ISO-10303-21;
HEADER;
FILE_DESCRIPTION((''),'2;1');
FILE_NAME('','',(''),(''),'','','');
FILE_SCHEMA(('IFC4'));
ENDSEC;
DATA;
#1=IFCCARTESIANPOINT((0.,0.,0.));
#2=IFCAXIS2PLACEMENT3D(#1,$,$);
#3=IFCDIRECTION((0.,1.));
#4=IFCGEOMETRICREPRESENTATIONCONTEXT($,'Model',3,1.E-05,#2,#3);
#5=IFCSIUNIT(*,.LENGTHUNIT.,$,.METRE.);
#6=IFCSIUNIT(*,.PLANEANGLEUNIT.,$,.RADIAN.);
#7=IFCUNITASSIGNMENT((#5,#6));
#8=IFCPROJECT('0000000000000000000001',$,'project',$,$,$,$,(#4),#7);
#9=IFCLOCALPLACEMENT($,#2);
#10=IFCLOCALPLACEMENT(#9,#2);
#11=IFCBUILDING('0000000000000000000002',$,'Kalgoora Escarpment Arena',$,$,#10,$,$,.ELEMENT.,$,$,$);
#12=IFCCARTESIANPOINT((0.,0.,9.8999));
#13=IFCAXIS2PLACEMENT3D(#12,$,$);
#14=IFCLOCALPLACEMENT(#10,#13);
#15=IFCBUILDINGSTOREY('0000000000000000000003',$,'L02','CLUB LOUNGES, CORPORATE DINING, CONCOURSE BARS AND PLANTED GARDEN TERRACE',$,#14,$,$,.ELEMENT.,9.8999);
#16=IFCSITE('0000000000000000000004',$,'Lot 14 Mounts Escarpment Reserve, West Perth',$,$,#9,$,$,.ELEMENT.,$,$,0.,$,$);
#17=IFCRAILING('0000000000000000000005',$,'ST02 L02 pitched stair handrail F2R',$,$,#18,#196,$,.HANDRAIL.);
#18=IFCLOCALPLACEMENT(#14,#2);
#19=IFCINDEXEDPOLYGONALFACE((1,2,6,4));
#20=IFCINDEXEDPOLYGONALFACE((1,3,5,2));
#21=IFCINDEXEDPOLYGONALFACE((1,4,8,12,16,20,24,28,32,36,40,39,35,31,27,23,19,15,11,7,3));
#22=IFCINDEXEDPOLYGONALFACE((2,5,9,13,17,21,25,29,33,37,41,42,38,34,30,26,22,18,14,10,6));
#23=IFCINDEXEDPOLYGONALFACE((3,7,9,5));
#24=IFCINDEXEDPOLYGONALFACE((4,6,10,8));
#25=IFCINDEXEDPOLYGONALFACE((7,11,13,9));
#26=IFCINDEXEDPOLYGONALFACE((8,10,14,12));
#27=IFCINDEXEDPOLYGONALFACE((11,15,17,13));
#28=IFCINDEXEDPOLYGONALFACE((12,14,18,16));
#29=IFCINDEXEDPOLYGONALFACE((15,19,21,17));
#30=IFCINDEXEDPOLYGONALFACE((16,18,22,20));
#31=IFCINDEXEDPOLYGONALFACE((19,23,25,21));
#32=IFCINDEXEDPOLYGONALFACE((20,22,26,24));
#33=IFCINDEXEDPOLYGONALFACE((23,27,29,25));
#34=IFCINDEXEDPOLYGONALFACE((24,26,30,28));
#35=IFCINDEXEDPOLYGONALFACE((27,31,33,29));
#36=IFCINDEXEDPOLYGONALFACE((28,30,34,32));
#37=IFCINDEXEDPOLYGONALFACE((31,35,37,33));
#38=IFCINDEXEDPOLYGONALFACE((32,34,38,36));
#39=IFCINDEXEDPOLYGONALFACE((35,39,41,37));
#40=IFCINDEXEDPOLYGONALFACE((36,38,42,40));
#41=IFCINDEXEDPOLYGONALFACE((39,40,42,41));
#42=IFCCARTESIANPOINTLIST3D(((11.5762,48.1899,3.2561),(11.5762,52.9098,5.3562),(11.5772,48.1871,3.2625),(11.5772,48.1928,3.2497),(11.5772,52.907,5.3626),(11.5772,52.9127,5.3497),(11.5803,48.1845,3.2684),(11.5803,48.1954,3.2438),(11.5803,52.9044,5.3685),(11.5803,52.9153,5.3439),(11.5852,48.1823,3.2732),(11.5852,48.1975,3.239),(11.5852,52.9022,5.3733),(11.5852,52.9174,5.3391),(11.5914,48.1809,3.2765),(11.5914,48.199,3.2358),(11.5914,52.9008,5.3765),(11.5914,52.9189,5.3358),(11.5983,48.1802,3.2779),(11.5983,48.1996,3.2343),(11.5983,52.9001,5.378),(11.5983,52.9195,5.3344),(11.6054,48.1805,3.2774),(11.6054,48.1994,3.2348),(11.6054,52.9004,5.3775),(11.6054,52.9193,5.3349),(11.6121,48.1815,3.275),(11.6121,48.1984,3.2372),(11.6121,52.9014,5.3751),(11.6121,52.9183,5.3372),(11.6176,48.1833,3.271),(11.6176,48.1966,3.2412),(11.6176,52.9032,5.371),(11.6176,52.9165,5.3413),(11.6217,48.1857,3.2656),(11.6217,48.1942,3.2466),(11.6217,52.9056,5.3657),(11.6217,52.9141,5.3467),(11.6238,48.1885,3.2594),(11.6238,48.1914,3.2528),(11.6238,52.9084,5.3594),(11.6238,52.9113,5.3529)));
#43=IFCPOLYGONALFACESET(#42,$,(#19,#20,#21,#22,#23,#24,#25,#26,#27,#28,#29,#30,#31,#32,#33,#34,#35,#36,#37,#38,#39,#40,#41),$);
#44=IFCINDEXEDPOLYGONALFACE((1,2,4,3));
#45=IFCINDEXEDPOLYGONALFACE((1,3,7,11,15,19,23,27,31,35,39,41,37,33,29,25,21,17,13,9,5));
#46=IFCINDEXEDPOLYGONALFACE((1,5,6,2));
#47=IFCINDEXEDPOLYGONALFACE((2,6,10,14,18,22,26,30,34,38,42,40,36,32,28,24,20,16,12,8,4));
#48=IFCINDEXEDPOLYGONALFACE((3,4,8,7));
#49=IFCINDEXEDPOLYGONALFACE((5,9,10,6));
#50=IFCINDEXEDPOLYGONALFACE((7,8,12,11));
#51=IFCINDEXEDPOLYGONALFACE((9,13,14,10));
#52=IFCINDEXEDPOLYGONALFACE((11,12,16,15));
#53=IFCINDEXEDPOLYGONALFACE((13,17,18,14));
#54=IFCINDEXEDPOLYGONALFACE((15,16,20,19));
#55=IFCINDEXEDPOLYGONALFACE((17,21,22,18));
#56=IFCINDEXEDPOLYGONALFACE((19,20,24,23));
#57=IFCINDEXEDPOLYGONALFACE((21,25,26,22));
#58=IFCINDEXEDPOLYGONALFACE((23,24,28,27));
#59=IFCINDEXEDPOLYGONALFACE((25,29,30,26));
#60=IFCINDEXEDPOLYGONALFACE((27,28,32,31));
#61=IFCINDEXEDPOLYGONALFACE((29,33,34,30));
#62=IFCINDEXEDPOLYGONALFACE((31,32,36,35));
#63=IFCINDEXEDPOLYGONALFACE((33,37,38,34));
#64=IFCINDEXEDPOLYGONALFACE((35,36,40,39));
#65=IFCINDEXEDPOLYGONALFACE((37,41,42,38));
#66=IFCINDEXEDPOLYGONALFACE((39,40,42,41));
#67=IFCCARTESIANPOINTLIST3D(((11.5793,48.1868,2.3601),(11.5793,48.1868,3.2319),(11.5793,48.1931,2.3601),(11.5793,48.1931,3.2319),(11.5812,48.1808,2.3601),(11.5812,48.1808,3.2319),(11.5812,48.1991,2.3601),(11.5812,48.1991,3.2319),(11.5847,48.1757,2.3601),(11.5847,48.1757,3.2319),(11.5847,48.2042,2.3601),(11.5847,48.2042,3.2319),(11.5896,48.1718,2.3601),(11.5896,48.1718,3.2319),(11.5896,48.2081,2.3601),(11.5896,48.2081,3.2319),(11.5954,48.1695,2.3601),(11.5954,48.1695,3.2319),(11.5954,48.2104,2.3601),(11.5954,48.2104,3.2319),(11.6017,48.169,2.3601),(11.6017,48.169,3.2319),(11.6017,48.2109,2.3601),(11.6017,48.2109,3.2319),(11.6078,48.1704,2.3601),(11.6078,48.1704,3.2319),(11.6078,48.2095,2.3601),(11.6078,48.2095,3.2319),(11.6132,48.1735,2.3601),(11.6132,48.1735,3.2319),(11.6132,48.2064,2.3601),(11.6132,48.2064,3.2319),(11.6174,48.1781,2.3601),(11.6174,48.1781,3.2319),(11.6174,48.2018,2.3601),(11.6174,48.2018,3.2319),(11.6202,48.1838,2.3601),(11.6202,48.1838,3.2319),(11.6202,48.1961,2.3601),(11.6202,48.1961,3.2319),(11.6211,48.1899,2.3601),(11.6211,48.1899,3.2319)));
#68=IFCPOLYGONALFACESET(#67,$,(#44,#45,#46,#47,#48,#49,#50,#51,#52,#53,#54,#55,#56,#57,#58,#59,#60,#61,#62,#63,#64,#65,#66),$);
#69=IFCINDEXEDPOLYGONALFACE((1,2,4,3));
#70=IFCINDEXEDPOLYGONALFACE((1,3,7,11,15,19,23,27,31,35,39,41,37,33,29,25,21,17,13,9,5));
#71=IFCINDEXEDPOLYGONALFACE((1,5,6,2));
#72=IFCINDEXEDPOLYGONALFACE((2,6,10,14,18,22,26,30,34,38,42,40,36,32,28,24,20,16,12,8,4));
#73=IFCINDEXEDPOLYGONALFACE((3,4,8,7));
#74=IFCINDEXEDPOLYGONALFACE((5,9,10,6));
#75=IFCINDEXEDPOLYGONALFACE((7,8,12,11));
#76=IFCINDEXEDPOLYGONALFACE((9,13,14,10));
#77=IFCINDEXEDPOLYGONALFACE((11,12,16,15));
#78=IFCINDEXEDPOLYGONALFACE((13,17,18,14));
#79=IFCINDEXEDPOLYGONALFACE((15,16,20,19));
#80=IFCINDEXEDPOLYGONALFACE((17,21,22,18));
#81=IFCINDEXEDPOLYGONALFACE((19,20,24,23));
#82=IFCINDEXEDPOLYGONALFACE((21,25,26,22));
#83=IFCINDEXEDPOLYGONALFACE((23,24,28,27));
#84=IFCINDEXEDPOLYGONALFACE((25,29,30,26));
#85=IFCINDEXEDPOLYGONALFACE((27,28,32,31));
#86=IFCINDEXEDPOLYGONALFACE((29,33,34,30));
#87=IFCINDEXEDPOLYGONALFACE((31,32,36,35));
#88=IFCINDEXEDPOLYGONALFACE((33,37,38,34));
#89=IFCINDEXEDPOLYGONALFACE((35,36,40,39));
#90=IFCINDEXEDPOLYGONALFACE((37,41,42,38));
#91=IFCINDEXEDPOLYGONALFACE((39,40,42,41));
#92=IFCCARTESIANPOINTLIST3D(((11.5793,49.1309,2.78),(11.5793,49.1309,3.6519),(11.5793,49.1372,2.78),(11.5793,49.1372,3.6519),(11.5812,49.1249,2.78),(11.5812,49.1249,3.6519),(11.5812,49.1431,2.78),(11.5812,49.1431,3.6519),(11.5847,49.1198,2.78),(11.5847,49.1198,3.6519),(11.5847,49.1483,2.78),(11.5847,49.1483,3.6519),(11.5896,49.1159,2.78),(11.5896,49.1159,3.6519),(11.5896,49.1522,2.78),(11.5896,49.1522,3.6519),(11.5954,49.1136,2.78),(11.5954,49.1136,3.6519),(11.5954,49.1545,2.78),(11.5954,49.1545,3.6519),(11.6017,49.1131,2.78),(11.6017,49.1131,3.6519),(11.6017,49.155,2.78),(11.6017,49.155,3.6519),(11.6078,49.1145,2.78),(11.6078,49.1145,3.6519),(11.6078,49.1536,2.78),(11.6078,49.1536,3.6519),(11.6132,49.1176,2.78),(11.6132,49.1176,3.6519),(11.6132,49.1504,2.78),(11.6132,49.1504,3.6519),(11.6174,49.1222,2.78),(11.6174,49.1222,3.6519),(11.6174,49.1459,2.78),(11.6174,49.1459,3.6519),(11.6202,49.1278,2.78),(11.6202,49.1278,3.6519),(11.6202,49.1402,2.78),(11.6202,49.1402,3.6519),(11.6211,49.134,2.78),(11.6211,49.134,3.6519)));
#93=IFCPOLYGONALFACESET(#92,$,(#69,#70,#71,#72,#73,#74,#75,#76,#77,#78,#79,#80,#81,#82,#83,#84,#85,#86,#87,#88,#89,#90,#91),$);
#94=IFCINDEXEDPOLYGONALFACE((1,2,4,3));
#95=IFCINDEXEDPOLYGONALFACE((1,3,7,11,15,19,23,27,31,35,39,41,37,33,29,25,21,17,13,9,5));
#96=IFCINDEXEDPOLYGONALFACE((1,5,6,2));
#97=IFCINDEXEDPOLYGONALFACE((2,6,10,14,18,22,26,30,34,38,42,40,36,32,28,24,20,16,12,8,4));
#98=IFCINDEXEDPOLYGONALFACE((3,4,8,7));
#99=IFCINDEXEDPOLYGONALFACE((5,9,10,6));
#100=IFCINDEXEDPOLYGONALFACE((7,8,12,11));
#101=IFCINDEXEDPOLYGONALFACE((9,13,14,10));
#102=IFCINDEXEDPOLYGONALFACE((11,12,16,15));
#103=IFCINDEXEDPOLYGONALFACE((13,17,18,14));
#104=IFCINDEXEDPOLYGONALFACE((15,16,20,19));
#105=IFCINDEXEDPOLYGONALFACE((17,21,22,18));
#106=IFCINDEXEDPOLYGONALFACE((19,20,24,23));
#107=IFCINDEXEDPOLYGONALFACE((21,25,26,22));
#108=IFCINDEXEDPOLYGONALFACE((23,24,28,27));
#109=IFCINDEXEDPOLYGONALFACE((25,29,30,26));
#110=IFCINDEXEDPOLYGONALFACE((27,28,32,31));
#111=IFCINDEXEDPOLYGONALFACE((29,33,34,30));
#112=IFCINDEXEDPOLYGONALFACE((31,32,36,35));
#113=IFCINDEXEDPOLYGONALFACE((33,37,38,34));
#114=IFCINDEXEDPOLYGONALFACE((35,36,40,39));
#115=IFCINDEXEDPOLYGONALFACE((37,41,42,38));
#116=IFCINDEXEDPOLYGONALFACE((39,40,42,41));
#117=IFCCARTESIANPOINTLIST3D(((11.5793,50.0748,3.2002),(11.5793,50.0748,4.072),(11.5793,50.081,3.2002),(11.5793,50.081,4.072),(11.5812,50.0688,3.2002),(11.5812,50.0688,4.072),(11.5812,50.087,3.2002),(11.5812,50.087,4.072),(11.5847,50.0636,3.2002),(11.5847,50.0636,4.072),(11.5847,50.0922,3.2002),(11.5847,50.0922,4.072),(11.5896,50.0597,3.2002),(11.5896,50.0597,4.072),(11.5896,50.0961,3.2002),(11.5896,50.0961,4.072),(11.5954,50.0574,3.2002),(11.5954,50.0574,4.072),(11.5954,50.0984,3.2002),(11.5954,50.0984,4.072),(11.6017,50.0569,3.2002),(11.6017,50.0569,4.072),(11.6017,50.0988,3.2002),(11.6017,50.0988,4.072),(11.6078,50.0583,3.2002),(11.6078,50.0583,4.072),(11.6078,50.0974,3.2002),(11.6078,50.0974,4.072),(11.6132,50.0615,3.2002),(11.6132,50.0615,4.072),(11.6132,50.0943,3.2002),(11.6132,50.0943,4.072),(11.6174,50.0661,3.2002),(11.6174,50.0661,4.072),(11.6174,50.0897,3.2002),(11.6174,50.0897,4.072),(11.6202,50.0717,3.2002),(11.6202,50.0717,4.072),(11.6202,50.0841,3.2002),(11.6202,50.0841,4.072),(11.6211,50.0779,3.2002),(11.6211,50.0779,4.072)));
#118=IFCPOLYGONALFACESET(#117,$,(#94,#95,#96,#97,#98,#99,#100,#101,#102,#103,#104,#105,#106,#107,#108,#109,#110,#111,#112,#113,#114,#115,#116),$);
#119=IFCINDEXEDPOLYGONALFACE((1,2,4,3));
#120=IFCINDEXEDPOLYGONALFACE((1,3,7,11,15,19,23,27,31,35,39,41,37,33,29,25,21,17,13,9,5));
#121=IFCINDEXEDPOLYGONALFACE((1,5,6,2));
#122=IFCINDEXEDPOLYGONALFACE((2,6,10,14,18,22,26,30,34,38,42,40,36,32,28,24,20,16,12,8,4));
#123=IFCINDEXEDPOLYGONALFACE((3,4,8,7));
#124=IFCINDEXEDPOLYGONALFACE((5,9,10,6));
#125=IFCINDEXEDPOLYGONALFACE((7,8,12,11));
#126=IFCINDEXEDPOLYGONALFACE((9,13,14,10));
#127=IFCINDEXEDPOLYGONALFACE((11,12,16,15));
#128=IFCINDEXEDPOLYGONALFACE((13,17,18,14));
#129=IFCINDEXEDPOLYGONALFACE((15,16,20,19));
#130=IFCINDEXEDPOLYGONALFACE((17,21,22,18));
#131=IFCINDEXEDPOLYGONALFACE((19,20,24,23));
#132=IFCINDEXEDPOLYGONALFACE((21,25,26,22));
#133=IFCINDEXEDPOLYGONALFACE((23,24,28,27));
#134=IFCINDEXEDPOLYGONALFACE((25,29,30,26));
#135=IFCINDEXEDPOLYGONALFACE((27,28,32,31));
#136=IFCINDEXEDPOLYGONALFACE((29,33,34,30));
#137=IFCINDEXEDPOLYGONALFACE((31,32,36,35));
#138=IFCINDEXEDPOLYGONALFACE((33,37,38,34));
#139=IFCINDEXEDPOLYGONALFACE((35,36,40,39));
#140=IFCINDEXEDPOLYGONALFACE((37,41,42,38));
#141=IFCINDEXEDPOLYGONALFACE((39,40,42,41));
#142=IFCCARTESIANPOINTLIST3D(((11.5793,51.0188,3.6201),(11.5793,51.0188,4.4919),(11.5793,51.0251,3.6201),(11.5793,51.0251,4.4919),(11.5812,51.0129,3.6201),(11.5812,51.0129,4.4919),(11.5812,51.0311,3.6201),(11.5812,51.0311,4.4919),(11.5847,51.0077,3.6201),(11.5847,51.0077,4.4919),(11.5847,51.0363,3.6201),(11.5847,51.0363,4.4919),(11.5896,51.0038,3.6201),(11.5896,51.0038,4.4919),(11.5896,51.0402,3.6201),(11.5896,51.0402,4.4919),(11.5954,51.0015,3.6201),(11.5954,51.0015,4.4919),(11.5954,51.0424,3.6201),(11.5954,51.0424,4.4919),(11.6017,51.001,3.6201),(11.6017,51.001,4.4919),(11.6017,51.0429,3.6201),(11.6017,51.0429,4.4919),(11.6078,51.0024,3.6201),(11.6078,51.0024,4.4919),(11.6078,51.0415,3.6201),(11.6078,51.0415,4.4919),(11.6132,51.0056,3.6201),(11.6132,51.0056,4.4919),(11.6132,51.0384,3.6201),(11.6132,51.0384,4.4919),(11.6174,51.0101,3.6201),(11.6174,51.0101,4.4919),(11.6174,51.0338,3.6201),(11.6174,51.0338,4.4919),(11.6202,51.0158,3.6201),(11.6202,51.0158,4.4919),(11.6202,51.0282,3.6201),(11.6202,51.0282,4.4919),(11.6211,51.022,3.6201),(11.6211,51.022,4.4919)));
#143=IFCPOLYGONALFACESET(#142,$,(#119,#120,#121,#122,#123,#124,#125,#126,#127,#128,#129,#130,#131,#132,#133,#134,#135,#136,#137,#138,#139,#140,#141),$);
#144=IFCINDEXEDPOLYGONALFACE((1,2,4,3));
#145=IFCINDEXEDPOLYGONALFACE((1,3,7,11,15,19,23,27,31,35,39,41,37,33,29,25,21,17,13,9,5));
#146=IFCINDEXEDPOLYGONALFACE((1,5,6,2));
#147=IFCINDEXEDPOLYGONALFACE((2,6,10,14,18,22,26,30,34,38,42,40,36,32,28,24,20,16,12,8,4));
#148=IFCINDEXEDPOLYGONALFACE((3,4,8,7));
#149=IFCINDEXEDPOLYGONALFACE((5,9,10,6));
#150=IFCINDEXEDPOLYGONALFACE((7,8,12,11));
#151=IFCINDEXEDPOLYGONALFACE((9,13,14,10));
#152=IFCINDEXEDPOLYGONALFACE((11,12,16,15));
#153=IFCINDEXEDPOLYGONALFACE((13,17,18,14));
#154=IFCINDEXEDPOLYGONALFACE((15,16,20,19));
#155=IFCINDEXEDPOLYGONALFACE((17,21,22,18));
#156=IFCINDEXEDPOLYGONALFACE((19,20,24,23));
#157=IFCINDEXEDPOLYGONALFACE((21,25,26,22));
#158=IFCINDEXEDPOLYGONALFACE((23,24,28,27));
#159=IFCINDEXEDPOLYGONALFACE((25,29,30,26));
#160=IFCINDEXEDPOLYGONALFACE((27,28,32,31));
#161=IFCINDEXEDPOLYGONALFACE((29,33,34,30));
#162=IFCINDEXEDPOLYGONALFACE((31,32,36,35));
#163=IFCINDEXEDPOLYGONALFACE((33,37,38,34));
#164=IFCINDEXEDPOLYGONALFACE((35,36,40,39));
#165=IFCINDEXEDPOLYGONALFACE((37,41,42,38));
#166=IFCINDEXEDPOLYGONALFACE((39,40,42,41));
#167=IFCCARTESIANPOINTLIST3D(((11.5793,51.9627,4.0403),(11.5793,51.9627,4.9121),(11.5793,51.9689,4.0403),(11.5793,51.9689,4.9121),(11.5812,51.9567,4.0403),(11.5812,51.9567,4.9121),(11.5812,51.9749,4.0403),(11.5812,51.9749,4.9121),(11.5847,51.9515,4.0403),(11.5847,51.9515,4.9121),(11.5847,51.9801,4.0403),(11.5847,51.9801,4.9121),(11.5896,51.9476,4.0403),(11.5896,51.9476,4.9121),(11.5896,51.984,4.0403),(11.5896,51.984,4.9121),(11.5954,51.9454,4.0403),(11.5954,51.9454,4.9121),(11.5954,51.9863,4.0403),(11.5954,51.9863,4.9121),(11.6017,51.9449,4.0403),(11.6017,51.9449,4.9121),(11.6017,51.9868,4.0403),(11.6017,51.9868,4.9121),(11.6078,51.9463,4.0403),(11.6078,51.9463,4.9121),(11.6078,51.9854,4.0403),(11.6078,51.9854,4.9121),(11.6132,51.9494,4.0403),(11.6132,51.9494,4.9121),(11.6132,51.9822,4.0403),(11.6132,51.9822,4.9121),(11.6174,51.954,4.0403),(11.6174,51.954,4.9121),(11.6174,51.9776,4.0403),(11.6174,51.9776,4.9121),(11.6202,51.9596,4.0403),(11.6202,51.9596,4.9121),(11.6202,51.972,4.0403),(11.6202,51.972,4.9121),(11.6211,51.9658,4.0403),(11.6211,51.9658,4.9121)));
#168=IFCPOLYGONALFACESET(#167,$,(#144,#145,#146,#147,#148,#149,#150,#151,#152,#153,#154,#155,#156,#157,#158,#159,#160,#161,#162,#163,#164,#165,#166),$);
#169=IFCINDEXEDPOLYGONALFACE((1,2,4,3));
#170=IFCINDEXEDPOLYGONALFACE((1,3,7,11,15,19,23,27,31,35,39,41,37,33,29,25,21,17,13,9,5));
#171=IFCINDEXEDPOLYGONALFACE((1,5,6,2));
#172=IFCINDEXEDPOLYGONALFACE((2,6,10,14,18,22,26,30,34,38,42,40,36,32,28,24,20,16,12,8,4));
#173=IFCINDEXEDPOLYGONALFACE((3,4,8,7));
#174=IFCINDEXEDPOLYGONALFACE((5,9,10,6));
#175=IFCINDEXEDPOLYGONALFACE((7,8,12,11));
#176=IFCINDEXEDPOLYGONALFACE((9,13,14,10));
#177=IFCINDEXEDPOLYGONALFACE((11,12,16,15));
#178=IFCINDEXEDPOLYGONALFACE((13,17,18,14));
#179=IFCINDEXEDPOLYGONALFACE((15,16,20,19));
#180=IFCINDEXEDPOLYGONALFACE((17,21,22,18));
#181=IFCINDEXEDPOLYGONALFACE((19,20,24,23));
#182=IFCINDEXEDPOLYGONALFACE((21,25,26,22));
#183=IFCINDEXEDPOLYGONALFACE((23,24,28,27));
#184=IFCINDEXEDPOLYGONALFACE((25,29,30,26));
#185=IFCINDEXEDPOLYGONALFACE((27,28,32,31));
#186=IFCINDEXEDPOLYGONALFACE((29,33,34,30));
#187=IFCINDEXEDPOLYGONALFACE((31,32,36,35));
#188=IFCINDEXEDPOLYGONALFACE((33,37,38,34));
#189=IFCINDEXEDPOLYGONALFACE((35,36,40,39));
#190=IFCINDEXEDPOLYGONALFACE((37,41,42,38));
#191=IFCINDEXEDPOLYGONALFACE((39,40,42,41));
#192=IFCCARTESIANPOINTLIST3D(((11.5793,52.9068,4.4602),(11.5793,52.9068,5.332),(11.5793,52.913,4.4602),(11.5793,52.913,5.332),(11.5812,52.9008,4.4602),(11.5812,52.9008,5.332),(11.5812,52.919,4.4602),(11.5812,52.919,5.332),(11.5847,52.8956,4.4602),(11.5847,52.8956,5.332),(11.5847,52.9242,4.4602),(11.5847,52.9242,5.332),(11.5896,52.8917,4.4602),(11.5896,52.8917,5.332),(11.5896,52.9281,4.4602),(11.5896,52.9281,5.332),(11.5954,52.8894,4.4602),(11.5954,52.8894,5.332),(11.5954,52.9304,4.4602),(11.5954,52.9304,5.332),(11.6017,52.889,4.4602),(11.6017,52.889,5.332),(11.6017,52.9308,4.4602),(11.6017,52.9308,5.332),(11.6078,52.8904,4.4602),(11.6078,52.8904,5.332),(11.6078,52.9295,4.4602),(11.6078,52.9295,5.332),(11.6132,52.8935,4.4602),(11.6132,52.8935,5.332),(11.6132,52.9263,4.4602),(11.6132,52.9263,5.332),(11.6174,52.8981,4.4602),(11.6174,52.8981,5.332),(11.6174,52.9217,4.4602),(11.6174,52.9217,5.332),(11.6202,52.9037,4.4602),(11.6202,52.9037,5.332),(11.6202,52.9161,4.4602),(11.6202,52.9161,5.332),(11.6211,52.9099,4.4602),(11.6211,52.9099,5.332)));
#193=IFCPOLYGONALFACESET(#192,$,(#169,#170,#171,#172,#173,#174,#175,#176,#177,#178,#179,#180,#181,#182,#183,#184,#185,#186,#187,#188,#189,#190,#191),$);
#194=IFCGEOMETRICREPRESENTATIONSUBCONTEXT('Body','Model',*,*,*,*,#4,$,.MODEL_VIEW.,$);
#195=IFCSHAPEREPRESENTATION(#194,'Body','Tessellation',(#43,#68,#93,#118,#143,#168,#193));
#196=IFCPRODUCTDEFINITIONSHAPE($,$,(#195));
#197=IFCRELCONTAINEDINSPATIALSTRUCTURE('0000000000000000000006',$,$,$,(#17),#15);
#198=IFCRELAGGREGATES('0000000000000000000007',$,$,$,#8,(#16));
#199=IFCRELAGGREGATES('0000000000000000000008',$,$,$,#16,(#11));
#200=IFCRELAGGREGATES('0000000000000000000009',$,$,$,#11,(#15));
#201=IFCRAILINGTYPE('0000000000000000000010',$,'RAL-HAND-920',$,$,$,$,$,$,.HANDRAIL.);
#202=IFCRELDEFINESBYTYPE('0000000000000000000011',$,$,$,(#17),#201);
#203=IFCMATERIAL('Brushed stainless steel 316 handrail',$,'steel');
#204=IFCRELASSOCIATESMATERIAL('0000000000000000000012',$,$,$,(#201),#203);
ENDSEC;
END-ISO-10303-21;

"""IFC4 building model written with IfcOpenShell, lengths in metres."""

from ifc_helpers import new_model, si_unit, direction, frame, origin, origin_2d, place, context, subcontext, project, spatial, circle, extrude, material, type_object, element, save


model = new_model("IFC4")

# Units and contexts
model_context = context("Model", 3, precision=1e-05, world=origin(), true_north=direction((0.0, 1.0)))
body_context = subcontext(model_context, "Body", "Model", "MODEL_VIEW")
ifc_project = project(units=[si_unit("LENGTHUNIT", "METRE"), si_unit("PLANEANGLEUNIT", "RADIAN")], contexts=[model_context])

# Site, building, storey
site_placement = place(None, origin())
site = spatial("IfcSite", under=ifc_project, at=site_placement, Name="Lot 14 Mounts Escarpment Reserve, West Perth", CompositionType="ELEMENT", RefElevation=0.0)
building_placement = place(site_placement, origin())
building = spatial("IfcBuilding", under=site, at=building_placement, Name="Kalgoora Escarpment Arena", CompositionType="ELEMENT")
storey_placement = place(building_placement, frame((0.0, 0.0, 9.8999)))
storey = spatial("IfcBuildingStorey", under=building, at=storey_placement, Name="L02", Description="CLUB LOUNGES, CORPORATE DINING, CONCOURSE BARS AND PLANTED GARDEN TERRACE", CompositionType="ELEMENT", Elevation=9.8999)

# Railing
ifc_material_1 = material(Name="Brushed stainless steel 316 handrail", Category="steel")
railing_type_1 = type_object("IfcRailingType", Name="RAL-HAND-920", PredefinedType="HANDRAIL", material=ifc_material_1)
for number, where, name in (
    (1, (11.6001, 48.1899, 2.3601), "ST02 L02 pitched stair handrail F2R"),
):
    element("IfcRailing", number, at=place(storey_placement, frame(where)), inside=storey, type_object=railing_type_1, Name=name, PredefinedType="HANDRAIL", context=body_context, shape_type="SweptSolid", body=[
        extrude(circle(Radius=0.0239, at=origin_2d()), frame((0.0, 0.0, 0.896), z_axis=(0.0, 0.913644, 0.406516), x_axis=(-1.0, 0.0, 0.0)), (0.0, 0.0, 1.0), 5.166),
        extrude(circle(Radius=0.021, at=origin_2d()), origin(), (0.0, 0.0, 1.0), 0.8718),
        extrude(circle(Radius=0.021, at=origin_2d()), frame((0.0, 0.9441, 0.4199)), (0.0, 0.0, 1.0), 0.8718),
        extrude(circle(Radius=0.021, at=origin_2d()), frame((0.0, 1.8879, 0.8401)), (0.0, 0.0, 1.0), 0.8718),
        extrude(circle(Radius=0.021, at=origin_2d()), frame((0.0, 2.832, 1.26)), (0.0, 0.0, 1.0), 0.8718),
        extrude(circle(Radius=0.021, at=origin_2d()), frame((0.0, 3.7759, 1.6802)), (0.0, 0.0, 1.0), 0.8718),
        extrude(circle(Radius=0.021, at=origin_2d()), frame((0.0, 4.72, 2.1001)), (0.0, 0.0, 1.0), 0.8718),
    ])

save(model, "model.ifc")
